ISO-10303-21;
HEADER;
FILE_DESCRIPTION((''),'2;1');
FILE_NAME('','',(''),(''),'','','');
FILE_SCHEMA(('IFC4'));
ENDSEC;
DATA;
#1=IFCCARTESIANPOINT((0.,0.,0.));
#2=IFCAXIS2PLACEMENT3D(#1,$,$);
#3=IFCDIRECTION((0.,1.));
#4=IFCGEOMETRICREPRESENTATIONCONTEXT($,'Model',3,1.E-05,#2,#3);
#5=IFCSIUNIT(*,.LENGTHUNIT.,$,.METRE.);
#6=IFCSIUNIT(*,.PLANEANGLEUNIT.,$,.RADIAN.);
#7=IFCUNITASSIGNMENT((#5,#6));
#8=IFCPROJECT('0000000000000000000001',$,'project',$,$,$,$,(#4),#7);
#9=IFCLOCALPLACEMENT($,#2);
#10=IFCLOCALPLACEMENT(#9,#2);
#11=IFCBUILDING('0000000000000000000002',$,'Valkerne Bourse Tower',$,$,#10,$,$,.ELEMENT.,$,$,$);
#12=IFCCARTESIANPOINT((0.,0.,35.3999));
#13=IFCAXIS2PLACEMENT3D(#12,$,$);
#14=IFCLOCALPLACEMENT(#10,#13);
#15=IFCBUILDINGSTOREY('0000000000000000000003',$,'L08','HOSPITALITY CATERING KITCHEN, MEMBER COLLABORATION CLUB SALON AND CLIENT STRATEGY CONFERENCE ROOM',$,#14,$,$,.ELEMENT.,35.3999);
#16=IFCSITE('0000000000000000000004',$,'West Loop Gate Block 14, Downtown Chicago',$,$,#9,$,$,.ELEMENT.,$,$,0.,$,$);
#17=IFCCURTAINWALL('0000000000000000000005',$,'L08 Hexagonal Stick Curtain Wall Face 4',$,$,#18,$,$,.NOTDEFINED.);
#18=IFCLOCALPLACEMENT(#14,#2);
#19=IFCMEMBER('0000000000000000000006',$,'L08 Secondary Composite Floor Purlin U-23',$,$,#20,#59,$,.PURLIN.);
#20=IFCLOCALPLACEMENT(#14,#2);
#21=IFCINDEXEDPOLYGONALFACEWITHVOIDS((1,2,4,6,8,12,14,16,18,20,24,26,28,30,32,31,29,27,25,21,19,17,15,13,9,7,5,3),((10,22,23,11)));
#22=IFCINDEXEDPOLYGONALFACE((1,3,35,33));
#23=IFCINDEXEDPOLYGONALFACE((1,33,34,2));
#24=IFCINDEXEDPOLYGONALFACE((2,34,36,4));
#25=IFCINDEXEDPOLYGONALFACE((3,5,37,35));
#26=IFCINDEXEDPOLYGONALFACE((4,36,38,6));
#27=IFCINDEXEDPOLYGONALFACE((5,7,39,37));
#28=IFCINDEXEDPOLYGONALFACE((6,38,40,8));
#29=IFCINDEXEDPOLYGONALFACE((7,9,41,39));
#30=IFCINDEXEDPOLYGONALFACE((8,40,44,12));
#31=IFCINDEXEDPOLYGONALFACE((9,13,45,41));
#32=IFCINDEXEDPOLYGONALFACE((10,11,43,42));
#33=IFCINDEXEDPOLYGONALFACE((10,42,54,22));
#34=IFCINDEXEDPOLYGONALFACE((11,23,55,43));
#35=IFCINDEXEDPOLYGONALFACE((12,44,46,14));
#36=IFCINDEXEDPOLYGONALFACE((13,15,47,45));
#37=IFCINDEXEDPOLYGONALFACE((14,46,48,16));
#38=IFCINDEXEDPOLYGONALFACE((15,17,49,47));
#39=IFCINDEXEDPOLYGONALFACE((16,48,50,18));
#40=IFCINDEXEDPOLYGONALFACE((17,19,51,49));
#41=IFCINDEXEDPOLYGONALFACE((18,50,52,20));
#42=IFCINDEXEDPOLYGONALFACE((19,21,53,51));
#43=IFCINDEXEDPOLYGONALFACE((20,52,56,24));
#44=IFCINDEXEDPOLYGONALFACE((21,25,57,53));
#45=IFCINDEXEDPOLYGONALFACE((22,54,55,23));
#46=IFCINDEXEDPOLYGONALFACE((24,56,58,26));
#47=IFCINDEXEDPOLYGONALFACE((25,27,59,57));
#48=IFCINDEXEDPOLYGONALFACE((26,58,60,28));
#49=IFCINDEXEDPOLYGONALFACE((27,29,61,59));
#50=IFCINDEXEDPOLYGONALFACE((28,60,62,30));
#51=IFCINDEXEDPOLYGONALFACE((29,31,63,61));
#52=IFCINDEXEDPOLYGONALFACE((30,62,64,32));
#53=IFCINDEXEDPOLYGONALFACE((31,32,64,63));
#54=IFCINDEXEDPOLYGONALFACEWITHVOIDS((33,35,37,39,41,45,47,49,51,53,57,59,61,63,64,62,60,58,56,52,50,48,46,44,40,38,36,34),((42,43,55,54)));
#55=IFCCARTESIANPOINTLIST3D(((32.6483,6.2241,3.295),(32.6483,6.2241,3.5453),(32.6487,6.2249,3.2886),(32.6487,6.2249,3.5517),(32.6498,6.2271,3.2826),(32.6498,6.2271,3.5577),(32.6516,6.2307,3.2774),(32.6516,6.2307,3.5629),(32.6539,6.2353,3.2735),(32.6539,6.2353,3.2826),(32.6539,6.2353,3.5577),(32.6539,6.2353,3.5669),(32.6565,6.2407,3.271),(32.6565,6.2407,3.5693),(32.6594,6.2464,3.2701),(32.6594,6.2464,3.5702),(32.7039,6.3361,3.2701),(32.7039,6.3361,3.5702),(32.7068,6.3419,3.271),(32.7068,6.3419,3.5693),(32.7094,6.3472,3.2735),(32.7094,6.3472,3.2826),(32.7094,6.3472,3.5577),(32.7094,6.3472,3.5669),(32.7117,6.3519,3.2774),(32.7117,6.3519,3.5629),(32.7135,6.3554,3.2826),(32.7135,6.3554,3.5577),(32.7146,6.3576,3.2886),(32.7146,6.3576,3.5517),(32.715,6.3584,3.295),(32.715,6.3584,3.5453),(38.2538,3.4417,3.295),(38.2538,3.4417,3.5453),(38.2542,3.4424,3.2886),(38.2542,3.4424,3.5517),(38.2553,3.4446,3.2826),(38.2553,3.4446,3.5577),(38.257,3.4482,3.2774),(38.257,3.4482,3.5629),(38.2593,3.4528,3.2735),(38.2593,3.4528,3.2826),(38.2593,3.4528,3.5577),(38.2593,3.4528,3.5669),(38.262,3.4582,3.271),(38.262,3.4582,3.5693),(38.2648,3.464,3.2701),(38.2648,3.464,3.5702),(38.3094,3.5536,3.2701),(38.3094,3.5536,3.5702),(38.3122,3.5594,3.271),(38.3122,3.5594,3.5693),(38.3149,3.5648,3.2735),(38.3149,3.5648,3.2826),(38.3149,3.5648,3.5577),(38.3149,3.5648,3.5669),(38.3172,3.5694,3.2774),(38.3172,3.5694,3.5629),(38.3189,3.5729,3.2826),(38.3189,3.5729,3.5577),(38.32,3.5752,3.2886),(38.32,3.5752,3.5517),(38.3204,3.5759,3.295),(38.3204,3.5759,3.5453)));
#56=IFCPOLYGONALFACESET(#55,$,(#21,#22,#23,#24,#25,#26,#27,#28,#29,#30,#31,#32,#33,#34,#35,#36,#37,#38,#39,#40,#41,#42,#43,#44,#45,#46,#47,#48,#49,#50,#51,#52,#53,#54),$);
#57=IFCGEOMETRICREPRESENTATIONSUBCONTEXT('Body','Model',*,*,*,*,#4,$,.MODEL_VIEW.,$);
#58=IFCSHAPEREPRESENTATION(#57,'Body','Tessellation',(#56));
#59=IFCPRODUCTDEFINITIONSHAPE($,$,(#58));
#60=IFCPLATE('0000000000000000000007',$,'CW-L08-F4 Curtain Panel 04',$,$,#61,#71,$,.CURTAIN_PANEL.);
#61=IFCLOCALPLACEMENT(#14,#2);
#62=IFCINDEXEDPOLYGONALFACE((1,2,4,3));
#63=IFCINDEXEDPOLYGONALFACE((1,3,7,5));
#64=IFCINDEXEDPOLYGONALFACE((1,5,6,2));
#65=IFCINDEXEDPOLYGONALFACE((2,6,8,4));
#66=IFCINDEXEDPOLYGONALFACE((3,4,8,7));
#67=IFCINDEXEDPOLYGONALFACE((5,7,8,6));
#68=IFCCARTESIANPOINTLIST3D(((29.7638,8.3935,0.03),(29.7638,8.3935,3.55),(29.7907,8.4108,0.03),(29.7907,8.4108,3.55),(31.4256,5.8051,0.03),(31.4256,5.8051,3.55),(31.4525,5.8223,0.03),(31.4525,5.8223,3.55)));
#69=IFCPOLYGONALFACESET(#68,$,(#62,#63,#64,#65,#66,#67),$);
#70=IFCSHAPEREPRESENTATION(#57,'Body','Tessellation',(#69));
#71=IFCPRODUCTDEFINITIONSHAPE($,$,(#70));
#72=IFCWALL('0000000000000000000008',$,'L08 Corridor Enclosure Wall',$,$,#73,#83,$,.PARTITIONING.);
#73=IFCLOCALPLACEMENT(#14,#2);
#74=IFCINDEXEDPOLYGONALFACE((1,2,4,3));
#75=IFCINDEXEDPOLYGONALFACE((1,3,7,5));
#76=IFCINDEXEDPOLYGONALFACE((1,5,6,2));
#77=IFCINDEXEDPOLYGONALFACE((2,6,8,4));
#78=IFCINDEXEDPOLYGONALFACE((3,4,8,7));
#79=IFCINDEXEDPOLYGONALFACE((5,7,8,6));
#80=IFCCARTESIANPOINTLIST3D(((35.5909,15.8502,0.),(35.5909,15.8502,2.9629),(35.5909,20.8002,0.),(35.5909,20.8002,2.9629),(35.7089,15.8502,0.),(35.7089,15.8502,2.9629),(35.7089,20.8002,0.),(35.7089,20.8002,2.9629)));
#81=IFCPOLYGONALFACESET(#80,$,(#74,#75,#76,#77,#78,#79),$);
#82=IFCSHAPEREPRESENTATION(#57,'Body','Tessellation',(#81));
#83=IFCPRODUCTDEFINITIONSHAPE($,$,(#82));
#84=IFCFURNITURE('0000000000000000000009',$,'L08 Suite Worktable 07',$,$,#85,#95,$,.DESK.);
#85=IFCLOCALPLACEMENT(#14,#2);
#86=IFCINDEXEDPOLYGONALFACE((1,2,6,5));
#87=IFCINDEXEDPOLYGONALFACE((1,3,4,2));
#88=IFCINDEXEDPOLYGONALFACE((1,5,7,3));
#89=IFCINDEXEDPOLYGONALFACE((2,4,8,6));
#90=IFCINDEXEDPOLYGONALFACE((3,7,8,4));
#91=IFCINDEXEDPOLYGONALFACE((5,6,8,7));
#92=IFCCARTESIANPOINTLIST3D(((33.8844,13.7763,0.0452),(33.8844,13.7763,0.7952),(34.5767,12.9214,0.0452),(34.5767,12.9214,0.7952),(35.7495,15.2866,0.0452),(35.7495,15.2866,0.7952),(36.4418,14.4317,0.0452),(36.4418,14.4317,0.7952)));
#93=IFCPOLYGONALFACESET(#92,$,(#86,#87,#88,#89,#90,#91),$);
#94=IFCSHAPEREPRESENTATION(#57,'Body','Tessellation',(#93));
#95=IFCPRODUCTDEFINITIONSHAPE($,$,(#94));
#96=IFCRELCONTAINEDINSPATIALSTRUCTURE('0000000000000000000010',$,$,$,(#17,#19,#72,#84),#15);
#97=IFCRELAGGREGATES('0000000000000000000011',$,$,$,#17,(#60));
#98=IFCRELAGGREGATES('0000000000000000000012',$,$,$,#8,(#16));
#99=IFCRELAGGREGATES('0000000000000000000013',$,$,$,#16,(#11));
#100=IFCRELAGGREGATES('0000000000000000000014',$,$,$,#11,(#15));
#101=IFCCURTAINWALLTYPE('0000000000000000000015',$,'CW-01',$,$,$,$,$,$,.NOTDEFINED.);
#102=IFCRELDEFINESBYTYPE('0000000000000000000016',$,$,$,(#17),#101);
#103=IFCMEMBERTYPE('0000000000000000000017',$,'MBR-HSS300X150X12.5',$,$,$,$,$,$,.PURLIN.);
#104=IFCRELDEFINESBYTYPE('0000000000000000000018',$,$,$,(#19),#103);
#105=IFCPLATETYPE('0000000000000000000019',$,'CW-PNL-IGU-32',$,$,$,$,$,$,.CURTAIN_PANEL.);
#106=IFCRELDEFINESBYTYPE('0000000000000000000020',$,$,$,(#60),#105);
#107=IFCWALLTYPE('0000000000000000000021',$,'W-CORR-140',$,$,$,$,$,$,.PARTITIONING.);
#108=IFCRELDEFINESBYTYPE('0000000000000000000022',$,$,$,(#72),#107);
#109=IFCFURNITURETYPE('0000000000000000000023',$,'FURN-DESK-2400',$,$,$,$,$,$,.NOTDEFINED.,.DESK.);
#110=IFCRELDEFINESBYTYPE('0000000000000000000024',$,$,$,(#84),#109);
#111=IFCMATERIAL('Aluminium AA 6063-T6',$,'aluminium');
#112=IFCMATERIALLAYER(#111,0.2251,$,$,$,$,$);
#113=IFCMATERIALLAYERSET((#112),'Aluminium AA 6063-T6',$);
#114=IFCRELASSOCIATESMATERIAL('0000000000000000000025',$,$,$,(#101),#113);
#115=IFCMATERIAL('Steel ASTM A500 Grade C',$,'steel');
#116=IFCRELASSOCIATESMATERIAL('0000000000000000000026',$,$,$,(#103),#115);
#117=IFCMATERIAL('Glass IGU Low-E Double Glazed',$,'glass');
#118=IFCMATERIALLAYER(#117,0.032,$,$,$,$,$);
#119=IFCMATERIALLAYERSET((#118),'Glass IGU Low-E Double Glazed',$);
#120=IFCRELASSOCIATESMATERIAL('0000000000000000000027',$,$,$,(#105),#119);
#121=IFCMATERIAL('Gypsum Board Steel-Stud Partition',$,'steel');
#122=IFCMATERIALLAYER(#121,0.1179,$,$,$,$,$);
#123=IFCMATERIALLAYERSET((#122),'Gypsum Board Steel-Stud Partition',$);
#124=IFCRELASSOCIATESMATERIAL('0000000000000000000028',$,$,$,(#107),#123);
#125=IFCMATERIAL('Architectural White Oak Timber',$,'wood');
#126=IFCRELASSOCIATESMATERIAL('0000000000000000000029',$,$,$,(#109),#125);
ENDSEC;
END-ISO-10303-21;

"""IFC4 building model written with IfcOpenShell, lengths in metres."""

from ifc_helpers import new_model, si_unit, direction, frame, frame_2d, origin, origin_2d, place, context, subcontext, project, spatial, rectangle, hollow_rectangle, extrude, material, layer, layer_set, material_profile, profile_set, type_object, element, aggregate, save


model = new_model("IFC4")

# Units and contexts
model_context = context("Model", 3, precision=1e-05, world=origin(), true_north=direction((0.0, 1.0)))
body_context = subcontext(model_context, "Body", "Model", "MODEL_VIEW")
ifc_project = project(units=[si_unit("LENGTHUNIT", "METRE"), si_unit("PLANEANGLEUNIT", "RADIAN")], contexts=[model_context])

# Site, building, storey
site_placement = place(None, origin())
site = spatial("IfcSite", under=ifc_project, at=site_placement, Name="West Loop Gate Block 14, Downtown Chicago", CompositionType="ELEMENT", RefElevation=0.0)
building_placement = place(site_placement, origin())
building = spatial("IfcBuilding", under=site, at=building_placement, Name="Valkerne Bourse Tower", CompositionType="ELEMENT")
storey_placement = place(building_placement, frame((0.0, 0.0, 35.3999)))
storey = spatial("IfcBuildingStorey", under=building, at=storey_placement, Name="L08", Description="HOSPITALITY CATERING KITCHEN, MEMBER COLLABORATION CLUB SALON AND CLIENT STRATEGY CONFERENCE ROOM", CompositionType="ELEMENT", Elevation=35.3999)

# Curtain wall
ifc_material_1 = material(Name="Aluminium AA 6063-T6", Category="aluminium")
ifc_layer_1 = layer(ifc_material_1, 0.2251)
ifc_layer_set_1 = layer_set([ifc_layer_1], Name="Aluminium AA 6063-T6")
curtain_wall_type = type_object("IfcCurtainWallType", Name="CW-01", PredefinedType="NOTDEFINED", material=ifc_layer_set_1)
curtain_wall_placement = place(storey_placement, origin())
curtain_wall = element("IfcCurtainWall", 1, at=curtain_wall_placement, inside=storey, type_object=curtain_wall_type, Name="L08 Hexagonal Stick Curtain Wall Face 4", PredefinedType="NOTDEFINED")

# Member
ifc_material_2 = material(Name="Steel ASTM A500 Grade C", Category="steel")
ifc_material_profile_1 = material_profile(ifc_material_2, hollow_rectangle(XDim=0.1499, YDim=0.3, WallThickness=0.0125, OuterFilletRadius=0.0249, at=origin_2d()), Name="HSS300X150X12.5")
ifc_profile_set_1 = profile_set([ifc_material_profile_1], Name="Steel ASTM A500 Grade C")
member_type_1 = type_object("IfcMemberType", Name="MBR-HSS300X150X12.5", PredefinedType="PURLIN", material=ifc_profile_set_1)
member_1_placement = place(storey_placement, frame((32.6816, 6.2913, 3.4202), z_axis=(0.895719, -0.444621, 0.0), x_axis=(0.444621, 0.895719, 0.0)))
element("IfcMember", 2, at=member_1_placement, inside=storey, type_object=member_type_1, Name="L08 Secondary Composite Floor Purlin U-23", PredefinedType="PURLIN", context=body_context, shape_type="SweptSolid", body=[
    extrude(hollow_rectangle(XDim=0.1499, YDim=0.3, WallThickness=0.0125, OuterFilletRadius=0.0249, at=origin_2d()), origin(), (0.0, 0.0, 1.0), 6.2581),
])

# Plate
ifc_material_3 = material(Name="Glass IGU Low-E Double Glazed", Category="glass")
ifc_layer_2 = layer(ifc_material_3, 0.032)
ifc_layer_set_2 = layer_set([ifc_layer_2], Name="Glass IGU Low-E Double Glazed")
plate_type = type_object("IfcPlateType", Name="CW-PNL-IGU-32", PredefinedType="CURTAIN_PANEL", material=ifc_layer_set_2)
plate_placement = place(storey_placement, frame((30.6082, 7.1079, 0.03), z_axis=(0.0, 0.0, 1.0), x_axis=(0.540238, -0.841512, 0.0)))
plate = element("IfcPlate", 3, at=plate_placement, type_object=plate_type, Name="CW-L08-F4 Curtain Panel 04", PredefinedType="CURTAIN_PANEL", context=body_context, shape_type="SweptSolid", body=[
    extrude(rectangle(XDim=3.0759, YDim=0.032, at=origin_2d()), origin(), (0.0, 0.0, 1.0), 3.52),
])
aggregate(curtain_wall, [plate])

# Wall
ifc_material_4 = material(Name="Gypsum Board Steel-Stud Partition", Category="steel")
ifc_layer_3 = layer(ifc_material_4, 0.1179)
ifc_layer_set_3 = layer_set([ifc_layer_3], Name="Gypsum Board Steel-Stud Partition")
wall_type = type_object("IfcWallType", Name="W-CORR-140", PredefinedType="PARTITIONING", material=ifc_layer_set_3)
wall_placement = place(storey_placement, frame((35.6499, 15.8501, 0.0), z_axis=(0.0, 0.0, 1.0), x_axis=(0.0, 1.0, 0.0)))
element("IfcWall", 4, at=wall_placement, inside=storey, type_object=wall_type, Name="L08 Corridor Enclosure Wall", PredefinedType="PARTITIONING", context=body_context, shape_type="SweptSolid", body=[
    extrude(rectangle(XDim=4.95, YDim=0.1179, at=frame_2d((2.4751, 0.0))), origin(), (0.0, 0.0, 1.0), 2.9629),
])

# Furniture
ifc_material_5 = material(Name="Architectural White Oak Timber", Category="wood")
furniture_type = type_object("IfcFurnitureType", Name="FURN-DESK-2400", AssemblyPlace="NOTDEFINED", PredefinedType="DESK", material=ifc_material_5)
furniture_placement = place(storey_placement, frame((35.1631, 14.104, 0.0452), z_axis=(0.0, 0.0, 1.0), x_axis=(0.777146, 0.62932, 0.0)))
element("IfcFurniture", 5, at=furniture_placement, inside=storey, type_object=furniture_type, Name="L08 Suite Worktable 07", PredefinedType="DESK", context=body_context, shape_type="SweptSolid", body=[
    extrude(rectangle(XDim=2.3999, YDim=1.1001, at=origin_2d()), origin(), (0.0, 0.0, 1.0), 0.75),
])

save(model, "model.ifc")
